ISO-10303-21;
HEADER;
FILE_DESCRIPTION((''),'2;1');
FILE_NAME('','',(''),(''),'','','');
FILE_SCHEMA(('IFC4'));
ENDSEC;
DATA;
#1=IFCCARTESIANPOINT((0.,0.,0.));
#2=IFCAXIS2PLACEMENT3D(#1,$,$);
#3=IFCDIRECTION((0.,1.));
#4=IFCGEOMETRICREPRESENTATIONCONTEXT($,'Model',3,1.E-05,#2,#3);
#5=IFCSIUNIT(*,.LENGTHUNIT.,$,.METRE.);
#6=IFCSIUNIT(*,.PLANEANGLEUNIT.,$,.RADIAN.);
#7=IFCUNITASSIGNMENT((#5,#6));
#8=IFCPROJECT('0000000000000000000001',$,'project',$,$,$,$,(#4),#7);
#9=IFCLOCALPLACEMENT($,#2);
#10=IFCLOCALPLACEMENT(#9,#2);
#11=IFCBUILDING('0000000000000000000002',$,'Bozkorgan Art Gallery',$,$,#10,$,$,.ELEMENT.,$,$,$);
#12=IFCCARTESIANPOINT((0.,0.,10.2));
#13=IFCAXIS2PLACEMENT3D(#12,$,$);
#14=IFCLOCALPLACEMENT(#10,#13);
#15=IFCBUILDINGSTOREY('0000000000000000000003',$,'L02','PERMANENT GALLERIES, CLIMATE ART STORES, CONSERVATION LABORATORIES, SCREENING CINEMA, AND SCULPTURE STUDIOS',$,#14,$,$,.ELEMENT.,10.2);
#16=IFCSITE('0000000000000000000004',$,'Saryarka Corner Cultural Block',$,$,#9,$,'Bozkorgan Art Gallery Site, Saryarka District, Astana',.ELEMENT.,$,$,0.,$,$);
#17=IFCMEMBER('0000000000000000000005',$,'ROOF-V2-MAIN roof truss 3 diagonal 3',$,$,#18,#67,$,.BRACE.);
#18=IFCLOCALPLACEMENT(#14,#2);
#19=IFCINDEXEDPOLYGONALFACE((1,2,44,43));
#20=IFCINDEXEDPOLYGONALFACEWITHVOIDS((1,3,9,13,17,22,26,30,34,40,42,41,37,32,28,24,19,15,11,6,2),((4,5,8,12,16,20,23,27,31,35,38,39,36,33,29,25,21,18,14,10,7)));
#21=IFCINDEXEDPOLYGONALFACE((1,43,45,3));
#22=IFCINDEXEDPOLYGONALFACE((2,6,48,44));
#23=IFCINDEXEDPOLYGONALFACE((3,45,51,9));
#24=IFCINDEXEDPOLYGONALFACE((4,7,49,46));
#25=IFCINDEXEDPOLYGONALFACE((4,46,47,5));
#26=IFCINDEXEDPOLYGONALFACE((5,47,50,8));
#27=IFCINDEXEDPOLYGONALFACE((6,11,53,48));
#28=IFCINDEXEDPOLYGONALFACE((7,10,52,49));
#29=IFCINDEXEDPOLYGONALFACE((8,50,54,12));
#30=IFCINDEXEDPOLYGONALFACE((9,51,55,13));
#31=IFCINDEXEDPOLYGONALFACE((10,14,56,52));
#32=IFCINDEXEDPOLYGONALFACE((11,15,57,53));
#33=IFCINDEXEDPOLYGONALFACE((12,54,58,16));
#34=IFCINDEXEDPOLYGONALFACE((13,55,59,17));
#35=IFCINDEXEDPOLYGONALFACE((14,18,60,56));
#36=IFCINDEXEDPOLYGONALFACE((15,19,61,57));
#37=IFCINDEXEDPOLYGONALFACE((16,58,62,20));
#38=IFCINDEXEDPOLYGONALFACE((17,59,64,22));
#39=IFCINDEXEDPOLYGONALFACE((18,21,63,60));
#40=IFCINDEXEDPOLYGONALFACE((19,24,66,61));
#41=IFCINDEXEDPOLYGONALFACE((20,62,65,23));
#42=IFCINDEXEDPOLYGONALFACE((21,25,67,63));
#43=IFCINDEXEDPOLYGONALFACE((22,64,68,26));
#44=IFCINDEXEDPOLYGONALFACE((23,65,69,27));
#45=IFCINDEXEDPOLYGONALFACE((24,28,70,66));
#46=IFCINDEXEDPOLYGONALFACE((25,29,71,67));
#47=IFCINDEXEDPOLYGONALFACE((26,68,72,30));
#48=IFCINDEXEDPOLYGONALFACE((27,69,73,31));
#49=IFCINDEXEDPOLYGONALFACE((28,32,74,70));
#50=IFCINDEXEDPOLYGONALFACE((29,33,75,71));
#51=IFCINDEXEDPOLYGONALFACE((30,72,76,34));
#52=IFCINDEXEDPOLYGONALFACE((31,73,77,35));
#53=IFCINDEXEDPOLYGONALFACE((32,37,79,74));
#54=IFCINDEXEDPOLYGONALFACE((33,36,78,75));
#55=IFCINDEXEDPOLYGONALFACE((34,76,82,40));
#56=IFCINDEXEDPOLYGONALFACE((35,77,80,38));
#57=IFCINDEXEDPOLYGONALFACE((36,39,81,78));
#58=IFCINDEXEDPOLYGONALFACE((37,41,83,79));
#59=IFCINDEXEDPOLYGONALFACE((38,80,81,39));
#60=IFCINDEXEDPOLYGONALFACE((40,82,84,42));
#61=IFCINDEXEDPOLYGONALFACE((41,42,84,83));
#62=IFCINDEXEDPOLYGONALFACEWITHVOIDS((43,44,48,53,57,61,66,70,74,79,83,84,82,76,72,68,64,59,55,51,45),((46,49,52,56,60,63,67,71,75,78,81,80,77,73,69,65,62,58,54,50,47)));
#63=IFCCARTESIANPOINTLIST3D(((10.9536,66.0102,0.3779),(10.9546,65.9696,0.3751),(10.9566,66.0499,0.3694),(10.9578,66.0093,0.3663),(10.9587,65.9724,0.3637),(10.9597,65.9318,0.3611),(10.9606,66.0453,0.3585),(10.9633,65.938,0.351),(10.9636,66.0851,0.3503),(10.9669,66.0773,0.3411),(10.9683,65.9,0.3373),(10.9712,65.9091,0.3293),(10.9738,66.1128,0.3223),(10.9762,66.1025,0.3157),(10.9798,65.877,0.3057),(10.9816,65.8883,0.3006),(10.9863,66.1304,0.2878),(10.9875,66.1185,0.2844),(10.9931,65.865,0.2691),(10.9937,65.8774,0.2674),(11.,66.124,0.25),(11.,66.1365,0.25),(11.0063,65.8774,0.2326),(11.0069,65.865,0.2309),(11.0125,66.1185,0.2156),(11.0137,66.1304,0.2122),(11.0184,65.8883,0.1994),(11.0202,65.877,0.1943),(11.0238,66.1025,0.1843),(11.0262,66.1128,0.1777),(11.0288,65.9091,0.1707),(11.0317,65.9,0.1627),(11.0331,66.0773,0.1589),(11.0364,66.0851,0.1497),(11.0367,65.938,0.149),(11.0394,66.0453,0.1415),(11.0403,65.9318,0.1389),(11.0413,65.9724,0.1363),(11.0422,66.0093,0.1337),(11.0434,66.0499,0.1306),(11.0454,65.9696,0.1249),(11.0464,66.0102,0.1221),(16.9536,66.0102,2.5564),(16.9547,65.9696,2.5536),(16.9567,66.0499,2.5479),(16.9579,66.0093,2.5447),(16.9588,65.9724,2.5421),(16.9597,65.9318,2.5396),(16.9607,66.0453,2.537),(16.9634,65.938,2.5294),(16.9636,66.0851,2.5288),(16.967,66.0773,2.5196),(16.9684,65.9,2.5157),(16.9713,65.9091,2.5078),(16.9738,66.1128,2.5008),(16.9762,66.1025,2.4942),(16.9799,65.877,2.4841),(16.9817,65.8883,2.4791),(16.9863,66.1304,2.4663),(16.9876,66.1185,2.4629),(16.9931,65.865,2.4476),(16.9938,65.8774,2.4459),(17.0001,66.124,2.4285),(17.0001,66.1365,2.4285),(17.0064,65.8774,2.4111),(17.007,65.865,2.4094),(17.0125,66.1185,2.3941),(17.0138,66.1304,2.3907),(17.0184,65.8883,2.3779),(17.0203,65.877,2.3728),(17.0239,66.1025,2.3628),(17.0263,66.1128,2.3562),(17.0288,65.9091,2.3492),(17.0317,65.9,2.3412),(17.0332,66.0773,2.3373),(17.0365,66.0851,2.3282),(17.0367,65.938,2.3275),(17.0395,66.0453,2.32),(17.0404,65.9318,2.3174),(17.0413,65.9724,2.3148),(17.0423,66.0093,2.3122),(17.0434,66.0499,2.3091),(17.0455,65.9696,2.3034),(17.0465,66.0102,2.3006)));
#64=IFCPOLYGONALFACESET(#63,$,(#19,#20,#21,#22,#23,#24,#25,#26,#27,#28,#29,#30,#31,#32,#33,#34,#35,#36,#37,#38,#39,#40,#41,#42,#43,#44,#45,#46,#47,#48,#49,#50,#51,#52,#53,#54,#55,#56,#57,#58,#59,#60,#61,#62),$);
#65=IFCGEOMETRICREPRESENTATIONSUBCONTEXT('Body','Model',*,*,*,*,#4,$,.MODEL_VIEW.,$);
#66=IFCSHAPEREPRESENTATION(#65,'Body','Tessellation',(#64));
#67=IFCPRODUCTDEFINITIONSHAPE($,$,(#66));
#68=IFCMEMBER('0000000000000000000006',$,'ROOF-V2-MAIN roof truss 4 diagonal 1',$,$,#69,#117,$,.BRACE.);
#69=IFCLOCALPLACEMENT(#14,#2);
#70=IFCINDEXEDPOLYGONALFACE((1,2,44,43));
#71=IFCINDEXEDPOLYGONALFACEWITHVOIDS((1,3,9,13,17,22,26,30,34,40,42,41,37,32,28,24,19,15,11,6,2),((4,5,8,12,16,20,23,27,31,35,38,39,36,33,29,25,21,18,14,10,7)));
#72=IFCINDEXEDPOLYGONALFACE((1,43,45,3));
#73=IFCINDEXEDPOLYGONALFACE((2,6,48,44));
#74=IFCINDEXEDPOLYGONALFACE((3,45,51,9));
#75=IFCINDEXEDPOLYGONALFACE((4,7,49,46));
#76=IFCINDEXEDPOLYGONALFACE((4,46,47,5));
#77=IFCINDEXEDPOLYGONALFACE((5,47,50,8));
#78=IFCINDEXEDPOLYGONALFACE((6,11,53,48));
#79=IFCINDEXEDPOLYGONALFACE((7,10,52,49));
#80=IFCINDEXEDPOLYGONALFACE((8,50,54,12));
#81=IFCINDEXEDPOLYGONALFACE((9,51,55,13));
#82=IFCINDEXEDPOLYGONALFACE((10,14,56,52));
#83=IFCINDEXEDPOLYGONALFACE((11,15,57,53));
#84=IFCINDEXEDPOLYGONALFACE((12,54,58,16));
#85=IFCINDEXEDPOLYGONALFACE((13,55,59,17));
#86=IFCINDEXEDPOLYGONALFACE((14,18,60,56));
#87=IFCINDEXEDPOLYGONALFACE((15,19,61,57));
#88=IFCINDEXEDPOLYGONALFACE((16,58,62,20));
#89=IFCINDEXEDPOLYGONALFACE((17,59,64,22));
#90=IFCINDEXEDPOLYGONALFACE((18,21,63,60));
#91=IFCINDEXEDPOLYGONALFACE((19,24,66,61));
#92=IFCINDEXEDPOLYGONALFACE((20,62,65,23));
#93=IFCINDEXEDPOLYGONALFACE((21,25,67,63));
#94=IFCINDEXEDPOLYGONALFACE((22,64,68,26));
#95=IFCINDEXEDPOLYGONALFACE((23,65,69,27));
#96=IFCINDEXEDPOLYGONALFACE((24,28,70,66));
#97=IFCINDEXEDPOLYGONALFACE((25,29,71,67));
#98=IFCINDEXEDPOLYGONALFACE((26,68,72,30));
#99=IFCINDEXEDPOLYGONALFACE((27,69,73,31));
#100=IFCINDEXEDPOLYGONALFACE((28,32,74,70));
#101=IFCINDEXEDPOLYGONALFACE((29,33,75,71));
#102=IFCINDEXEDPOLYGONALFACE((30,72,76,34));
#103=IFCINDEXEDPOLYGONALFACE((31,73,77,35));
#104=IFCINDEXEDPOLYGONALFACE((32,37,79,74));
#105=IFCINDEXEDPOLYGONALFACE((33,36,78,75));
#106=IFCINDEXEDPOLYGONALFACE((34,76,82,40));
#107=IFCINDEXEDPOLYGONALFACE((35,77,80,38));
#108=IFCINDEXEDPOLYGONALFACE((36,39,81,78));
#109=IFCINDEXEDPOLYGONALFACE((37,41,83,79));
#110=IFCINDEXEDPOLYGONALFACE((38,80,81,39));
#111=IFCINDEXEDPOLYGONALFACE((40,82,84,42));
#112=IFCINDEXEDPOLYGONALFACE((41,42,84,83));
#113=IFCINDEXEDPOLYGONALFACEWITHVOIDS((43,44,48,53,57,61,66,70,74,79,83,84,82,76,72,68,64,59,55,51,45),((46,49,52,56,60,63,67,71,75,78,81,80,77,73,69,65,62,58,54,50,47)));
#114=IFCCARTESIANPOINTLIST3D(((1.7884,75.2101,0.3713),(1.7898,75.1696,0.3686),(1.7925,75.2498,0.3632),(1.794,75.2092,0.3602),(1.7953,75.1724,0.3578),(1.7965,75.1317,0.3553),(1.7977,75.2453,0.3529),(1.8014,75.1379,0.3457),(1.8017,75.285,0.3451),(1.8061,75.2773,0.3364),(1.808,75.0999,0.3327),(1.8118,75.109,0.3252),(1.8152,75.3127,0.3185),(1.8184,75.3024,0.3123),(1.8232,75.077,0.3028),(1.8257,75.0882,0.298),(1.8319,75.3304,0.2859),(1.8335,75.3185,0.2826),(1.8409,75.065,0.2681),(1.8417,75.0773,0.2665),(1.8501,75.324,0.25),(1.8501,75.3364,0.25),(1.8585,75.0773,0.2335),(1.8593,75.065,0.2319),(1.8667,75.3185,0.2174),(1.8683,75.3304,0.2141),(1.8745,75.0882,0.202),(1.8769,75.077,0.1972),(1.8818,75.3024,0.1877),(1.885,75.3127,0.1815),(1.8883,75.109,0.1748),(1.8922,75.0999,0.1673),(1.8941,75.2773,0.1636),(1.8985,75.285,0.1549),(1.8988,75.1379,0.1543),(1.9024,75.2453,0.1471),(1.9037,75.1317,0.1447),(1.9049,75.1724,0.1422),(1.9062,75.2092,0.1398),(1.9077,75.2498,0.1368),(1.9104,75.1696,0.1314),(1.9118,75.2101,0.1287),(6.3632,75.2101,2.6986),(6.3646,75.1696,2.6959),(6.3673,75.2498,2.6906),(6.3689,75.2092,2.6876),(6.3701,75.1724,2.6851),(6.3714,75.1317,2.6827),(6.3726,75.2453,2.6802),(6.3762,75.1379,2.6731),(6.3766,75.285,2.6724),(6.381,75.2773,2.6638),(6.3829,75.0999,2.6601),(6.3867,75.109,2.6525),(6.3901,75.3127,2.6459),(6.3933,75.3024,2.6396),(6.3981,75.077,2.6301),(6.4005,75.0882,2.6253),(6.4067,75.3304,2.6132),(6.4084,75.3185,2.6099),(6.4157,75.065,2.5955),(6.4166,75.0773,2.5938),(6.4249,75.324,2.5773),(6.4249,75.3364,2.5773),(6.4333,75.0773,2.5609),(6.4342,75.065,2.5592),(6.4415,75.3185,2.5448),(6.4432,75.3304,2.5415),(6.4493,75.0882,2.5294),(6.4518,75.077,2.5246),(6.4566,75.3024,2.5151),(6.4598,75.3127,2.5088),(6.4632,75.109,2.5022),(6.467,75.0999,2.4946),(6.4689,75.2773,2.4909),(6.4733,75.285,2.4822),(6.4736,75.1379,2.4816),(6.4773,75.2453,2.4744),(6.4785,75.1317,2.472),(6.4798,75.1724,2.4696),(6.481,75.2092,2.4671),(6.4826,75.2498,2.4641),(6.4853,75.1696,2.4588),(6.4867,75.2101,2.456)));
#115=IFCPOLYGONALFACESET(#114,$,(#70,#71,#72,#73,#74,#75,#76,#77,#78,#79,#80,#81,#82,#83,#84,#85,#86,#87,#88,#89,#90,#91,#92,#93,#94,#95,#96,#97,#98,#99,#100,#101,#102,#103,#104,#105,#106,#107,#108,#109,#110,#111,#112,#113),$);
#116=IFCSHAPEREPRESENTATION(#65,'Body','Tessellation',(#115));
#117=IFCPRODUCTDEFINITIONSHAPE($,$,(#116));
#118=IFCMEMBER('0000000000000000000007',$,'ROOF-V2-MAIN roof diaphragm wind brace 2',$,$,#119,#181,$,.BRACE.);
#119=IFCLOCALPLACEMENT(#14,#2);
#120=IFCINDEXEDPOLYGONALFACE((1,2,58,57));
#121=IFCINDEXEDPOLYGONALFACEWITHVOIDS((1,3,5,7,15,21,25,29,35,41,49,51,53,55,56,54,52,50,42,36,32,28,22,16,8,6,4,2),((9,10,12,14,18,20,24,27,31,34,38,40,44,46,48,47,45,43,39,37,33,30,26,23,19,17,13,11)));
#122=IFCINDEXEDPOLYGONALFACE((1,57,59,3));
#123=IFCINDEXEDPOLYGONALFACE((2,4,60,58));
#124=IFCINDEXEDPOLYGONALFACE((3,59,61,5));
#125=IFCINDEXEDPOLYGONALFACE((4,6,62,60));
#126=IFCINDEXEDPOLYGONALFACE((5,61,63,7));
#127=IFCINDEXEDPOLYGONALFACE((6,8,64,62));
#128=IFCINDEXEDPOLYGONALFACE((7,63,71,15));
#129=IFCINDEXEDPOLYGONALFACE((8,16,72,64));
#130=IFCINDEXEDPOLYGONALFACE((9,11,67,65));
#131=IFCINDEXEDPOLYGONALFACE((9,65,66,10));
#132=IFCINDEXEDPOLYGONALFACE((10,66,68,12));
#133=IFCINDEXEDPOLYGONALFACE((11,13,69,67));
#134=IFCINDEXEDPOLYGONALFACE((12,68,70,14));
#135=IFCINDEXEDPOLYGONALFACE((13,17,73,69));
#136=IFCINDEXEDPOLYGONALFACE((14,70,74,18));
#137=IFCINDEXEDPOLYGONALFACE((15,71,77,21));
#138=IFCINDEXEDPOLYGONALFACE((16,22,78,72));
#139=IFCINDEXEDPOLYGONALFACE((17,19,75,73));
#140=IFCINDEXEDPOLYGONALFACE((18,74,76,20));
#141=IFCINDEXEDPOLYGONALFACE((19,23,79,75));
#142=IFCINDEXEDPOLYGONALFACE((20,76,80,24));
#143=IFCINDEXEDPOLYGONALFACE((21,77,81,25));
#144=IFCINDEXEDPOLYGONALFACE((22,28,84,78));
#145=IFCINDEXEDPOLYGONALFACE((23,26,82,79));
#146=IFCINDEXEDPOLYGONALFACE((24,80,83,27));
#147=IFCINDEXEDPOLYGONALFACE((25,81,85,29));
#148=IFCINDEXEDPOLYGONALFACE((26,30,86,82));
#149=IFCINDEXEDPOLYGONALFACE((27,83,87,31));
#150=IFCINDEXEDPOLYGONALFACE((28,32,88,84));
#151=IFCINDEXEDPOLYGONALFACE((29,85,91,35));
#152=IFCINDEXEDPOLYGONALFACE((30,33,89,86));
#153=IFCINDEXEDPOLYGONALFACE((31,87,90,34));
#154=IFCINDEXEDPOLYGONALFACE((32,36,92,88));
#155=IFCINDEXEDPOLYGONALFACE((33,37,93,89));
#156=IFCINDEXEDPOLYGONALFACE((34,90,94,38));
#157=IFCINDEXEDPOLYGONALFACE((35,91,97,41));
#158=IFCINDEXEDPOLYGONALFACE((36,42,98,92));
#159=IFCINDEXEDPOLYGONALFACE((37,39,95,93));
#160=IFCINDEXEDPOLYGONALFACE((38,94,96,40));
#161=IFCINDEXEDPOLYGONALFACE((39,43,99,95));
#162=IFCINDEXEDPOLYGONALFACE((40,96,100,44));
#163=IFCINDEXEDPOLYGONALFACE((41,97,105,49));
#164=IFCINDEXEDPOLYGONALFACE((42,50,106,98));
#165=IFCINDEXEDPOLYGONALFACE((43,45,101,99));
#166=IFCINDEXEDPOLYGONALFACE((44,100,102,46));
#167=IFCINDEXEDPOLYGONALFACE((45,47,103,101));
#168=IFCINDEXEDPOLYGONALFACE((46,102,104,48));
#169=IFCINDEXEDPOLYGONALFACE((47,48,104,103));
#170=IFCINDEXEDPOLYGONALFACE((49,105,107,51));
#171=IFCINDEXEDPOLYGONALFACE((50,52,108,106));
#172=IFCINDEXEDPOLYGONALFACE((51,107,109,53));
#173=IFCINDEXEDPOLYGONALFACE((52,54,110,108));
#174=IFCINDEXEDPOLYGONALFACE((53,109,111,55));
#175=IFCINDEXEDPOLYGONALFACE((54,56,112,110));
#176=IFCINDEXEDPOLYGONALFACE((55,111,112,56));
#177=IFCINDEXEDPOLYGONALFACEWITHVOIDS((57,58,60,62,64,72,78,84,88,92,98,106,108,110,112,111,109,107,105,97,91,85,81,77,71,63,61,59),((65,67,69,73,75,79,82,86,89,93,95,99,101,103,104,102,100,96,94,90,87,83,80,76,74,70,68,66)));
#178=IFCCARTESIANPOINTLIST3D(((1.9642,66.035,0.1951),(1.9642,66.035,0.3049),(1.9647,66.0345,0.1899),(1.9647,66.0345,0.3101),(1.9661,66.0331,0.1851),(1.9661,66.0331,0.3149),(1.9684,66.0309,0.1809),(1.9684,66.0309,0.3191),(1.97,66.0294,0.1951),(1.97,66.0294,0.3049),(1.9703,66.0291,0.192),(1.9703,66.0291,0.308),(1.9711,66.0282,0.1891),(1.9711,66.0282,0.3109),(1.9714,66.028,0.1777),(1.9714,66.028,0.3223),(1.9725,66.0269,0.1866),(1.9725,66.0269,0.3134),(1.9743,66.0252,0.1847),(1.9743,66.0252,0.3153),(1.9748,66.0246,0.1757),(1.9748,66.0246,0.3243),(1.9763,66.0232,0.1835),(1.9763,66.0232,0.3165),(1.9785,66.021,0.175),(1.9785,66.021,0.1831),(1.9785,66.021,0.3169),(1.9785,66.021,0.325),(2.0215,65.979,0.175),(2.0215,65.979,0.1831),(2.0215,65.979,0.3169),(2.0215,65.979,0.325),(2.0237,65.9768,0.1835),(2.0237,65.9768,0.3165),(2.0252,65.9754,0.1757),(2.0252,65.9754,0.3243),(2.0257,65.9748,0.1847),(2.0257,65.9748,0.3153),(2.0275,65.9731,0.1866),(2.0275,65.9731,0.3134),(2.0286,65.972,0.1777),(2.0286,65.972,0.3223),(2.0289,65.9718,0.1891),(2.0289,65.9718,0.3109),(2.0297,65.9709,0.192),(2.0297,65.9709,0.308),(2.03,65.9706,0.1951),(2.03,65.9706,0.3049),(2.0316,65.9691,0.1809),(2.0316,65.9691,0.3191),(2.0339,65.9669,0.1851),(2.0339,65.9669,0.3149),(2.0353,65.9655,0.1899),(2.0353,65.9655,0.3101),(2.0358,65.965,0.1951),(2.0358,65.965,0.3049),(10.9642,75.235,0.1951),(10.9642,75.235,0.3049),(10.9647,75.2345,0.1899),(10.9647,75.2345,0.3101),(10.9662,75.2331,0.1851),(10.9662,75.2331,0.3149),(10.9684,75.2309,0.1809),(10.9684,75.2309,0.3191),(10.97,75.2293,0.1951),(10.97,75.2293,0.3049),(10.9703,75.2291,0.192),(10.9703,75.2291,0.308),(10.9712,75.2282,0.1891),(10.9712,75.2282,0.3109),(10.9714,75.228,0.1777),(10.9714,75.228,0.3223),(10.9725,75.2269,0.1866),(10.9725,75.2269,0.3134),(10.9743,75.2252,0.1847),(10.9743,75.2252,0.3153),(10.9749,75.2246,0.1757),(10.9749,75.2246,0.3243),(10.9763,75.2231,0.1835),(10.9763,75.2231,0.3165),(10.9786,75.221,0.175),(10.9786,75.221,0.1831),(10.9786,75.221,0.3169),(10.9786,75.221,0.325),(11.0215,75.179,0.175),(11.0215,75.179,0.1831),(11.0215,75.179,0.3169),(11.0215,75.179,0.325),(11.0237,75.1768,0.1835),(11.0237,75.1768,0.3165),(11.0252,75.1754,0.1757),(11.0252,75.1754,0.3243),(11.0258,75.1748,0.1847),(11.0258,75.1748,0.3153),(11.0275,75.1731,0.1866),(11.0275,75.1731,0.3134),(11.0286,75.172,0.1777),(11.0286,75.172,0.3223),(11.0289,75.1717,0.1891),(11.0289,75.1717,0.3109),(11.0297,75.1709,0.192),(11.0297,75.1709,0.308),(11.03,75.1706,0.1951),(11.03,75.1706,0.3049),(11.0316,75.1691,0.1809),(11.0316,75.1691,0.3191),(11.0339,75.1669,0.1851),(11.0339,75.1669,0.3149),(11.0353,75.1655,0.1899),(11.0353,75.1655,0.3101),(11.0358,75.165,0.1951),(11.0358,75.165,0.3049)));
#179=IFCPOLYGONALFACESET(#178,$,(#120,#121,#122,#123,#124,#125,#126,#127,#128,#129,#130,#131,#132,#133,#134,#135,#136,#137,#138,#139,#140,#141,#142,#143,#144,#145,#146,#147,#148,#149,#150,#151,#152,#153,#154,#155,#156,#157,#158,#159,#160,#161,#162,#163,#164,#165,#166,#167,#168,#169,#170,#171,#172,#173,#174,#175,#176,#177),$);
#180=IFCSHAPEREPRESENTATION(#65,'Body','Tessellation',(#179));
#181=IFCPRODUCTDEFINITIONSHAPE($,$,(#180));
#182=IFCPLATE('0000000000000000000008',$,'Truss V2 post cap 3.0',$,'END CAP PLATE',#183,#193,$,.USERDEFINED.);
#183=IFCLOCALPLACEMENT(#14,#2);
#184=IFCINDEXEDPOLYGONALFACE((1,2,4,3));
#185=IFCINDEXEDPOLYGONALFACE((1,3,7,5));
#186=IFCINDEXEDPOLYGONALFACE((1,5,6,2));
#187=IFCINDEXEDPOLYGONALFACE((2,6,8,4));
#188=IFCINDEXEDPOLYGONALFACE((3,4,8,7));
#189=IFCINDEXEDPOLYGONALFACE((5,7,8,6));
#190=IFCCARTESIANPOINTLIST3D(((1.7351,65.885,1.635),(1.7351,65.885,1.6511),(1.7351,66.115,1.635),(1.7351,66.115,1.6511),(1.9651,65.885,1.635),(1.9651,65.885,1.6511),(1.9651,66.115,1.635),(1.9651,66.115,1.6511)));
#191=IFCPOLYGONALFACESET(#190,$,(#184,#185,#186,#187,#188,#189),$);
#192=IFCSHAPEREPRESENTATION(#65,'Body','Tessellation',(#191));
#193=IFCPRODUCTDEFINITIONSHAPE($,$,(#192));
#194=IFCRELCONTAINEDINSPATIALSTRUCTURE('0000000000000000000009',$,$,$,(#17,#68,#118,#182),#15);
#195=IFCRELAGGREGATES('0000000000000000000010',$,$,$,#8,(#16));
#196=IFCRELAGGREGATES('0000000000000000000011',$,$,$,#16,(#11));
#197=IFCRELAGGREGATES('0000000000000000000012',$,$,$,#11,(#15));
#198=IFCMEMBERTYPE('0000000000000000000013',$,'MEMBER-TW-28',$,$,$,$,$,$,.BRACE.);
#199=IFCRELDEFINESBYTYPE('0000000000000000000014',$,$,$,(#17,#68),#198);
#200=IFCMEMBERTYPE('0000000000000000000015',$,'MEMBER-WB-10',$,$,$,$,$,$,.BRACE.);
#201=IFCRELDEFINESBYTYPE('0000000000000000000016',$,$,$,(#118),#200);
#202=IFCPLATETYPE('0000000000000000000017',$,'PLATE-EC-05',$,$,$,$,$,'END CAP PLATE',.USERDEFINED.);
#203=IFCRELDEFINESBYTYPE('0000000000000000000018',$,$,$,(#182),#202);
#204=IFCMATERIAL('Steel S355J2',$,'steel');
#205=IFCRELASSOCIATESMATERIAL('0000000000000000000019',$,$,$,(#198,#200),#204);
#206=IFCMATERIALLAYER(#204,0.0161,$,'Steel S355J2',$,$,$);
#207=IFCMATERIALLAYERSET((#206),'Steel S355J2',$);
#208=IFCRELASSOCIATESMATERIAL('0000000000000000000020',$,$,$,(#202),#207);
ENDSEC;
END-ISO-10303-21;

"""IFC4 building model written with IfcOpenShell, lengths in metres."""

from ifc_helpers import new_model, si_unit, direction, frame, origin, origin_2d, place, context, subcontext, project, spatial, rectangle, hollow_rectangle, hollow_circle, extrude, material, layer, layer_set, material_profile, profile_set, type_object, element, save


model = new_model("IFC4")

# Units and contexts
model_context = context("Model", 3, precision=1e-05, world=origin(), true_north=direction((0.0, 1.0)))
body_context = subcontext(model_context, "Body", "Model", "MODEL_VIEW")
ifc_project = project(units=[si_unit("LENGTHUNIT", "METRE"), si_unit("PLANEANGLEUNIT", "RADIAN")], contexts=[model_context])

# Site, building, storey
site_placement = place(None, origin())
site = spatial("IfcSite", under=ifc_project, at=site_placement, Name="Saryarka Corner Cultural Block", LongName="Bozkorgan Art Gallery Site, Saryarka District, Astana", CompositionType="ELEMENT", RefElevation=0.0)
building_placement = place(site_placement, origin())
building = spatial("IfcBuilding", under=site, at=building_placement, Name="Bozkorgan Art Gallery", CompositionType="ELEMENT")
storey_placement = place(building_placement, frame((0.0, 0.0, 10.2)))
storey = spatial("IfcBuildingStorey", under=building, at=storey_placement, Name="L02", Description="PERMANENT GALLERIES, CLIMATE ART STORES, CONSERVATION LABORATORIES, SCREENING CINEMA, AND SCULPTURE STUDIOS", CompositionType="ELEMENT", Elevation=10.2)

# Shared definitions
ifc_material_1 = material(Name="Steel S355J2", Category="steel")

# Members
ifc_material_profile_1 = material_profile(ifc_material_1, hollow_circle(Radius=0.1365, WallThickness=0.0125, at=origin_2d()), Name="CHS 273x12.5")
ifc_profile_set_1 = profile_set([ifc_material_profile_1], Name="Steel S355J2")
member_type_1 = type_object("IfcMemberType", Name="MEMBER-TW-28", PredefinedType="BRACE", material=ifc_profile_set_1)
member_1_placement = place(storey_placement, frame((11.0, 66.0, 0.25), z_axis=(0.939962, 0.0, 0.341279), x_axis=(0.0, 1.0, 0.0)))
element("IfcMember", 1, at=member_1_placement, inside=storey, type_object=member_type_1, Name="ROOF-V2-MAIN roof truss 3 diagonal 3", PredefinedType="BRACE", context=body_context, shape_type="SweptSolid", body=[
    extrude(hollow_circle(Radius=0.1365, WallThickness=0.0125, at=origin_2d()), origin(), (0.0, 0.0, 1.0), 6.3833),
])
member_2_placement = place(storey_placement, frame((1.8501, 75.2, 0.25), z_axis=(0.891295, 0.0, 0.453424), x_axis=(0.0, 1.0, 0.0)))
element("IfcMember", 2, at=member_2_placement, inside=storey, type_object=member_type_1, Name="ROOF-V2-MAIN roof truss 4 diagonal 1", PredefinedType="BRACE", context=body_context, shape_type="SweptSolid", body=[
    extrude(hollow_circle(Radius=0.1365, WallThickness=0.0125, at=origin_2d()), origin(), (0.0, 0.0, 1.0), 5.1328),
])
ifc_material_profile_2 = material_profile(ifc_material_1, hollow_rectangle(XDim=0.1001, YDim=0.1499, WallThickness=0.0081, InnerFilletRadius=0.012, OuterFilletRadius=0.02, at=origin_2d()), Name="RHS 150x100x8")
ifc_profile_set_2 = profile_set([ifc_material_profile_2], Name="Steel S355J2")
member_type_2 = type_object("IfcMemberType", Name="MEMBER-WB-10", PredefinedType="BRACE", material=ifc_profile_set_2)
member_3_placement = place(storey_placement, frame((2.0, 66.0, 0.25), z_axis=(0.699296, 0.714832, 0.0), x_axis=(-0.714832, 0.699296, 0.0)))
element("IfcMember", 3, at=member_3_placement, inside=storey, type_object=member_type_2, Name="ROOF-V2-MAIN roof diaphragm wind brace 2", PredefinedType="BRACE", context=body_context, shape_type="SweptSolid", body=[
    extrude(hollow_rectangle(XDim=0.1001, YDim=0.1499, WallThickness=0.0081, InnerFilletRadius=0.012, OuterFilletRadius=0.02, at=origin_2d()), origin(), (0.0, 0.0, 1.0), 12.8701),
])

# Plate
ifc_layer_1 = layer(ifc_material_1, 0.0161, Name="Steel S355J2")
ifc_layer_set_1 = layer_set([ifc_layer_1], Name="Steel S355J2")
plate_type_1 = type_object("IfcPlateType", Name="PLATE-EC-05", ElementType="END CAP PLATE", PredefinedType="USERDEFINED", material=ifc_layer_set_1)
for number, where, z_axis, x_axis, name in (
    (4, (1.8501, 66.0, 1.635), (0.0, 0.0, 1.0), (1.0, 0.0, 0.0), "Truss V2 post cap 3.0"),
):
    element("IfcPlate", number, at=place(storey_placement, frame(where, z_axis=z_axis, x_axis=x_axis)), inside=storey, type_object=plate_type_1, Name=name, ObjectType="END CAP PLATE", PredefinedType="USERDEFINED", context=body_context, shape_type="SweptSolid", body=[
        extrude(rectangle(XDim=0.23, YDim=0.23, at=origin_2d()), origin(), (0.0, 0.0, 1.0), 0.0161),
    ])

save(model, "model.ifc")
